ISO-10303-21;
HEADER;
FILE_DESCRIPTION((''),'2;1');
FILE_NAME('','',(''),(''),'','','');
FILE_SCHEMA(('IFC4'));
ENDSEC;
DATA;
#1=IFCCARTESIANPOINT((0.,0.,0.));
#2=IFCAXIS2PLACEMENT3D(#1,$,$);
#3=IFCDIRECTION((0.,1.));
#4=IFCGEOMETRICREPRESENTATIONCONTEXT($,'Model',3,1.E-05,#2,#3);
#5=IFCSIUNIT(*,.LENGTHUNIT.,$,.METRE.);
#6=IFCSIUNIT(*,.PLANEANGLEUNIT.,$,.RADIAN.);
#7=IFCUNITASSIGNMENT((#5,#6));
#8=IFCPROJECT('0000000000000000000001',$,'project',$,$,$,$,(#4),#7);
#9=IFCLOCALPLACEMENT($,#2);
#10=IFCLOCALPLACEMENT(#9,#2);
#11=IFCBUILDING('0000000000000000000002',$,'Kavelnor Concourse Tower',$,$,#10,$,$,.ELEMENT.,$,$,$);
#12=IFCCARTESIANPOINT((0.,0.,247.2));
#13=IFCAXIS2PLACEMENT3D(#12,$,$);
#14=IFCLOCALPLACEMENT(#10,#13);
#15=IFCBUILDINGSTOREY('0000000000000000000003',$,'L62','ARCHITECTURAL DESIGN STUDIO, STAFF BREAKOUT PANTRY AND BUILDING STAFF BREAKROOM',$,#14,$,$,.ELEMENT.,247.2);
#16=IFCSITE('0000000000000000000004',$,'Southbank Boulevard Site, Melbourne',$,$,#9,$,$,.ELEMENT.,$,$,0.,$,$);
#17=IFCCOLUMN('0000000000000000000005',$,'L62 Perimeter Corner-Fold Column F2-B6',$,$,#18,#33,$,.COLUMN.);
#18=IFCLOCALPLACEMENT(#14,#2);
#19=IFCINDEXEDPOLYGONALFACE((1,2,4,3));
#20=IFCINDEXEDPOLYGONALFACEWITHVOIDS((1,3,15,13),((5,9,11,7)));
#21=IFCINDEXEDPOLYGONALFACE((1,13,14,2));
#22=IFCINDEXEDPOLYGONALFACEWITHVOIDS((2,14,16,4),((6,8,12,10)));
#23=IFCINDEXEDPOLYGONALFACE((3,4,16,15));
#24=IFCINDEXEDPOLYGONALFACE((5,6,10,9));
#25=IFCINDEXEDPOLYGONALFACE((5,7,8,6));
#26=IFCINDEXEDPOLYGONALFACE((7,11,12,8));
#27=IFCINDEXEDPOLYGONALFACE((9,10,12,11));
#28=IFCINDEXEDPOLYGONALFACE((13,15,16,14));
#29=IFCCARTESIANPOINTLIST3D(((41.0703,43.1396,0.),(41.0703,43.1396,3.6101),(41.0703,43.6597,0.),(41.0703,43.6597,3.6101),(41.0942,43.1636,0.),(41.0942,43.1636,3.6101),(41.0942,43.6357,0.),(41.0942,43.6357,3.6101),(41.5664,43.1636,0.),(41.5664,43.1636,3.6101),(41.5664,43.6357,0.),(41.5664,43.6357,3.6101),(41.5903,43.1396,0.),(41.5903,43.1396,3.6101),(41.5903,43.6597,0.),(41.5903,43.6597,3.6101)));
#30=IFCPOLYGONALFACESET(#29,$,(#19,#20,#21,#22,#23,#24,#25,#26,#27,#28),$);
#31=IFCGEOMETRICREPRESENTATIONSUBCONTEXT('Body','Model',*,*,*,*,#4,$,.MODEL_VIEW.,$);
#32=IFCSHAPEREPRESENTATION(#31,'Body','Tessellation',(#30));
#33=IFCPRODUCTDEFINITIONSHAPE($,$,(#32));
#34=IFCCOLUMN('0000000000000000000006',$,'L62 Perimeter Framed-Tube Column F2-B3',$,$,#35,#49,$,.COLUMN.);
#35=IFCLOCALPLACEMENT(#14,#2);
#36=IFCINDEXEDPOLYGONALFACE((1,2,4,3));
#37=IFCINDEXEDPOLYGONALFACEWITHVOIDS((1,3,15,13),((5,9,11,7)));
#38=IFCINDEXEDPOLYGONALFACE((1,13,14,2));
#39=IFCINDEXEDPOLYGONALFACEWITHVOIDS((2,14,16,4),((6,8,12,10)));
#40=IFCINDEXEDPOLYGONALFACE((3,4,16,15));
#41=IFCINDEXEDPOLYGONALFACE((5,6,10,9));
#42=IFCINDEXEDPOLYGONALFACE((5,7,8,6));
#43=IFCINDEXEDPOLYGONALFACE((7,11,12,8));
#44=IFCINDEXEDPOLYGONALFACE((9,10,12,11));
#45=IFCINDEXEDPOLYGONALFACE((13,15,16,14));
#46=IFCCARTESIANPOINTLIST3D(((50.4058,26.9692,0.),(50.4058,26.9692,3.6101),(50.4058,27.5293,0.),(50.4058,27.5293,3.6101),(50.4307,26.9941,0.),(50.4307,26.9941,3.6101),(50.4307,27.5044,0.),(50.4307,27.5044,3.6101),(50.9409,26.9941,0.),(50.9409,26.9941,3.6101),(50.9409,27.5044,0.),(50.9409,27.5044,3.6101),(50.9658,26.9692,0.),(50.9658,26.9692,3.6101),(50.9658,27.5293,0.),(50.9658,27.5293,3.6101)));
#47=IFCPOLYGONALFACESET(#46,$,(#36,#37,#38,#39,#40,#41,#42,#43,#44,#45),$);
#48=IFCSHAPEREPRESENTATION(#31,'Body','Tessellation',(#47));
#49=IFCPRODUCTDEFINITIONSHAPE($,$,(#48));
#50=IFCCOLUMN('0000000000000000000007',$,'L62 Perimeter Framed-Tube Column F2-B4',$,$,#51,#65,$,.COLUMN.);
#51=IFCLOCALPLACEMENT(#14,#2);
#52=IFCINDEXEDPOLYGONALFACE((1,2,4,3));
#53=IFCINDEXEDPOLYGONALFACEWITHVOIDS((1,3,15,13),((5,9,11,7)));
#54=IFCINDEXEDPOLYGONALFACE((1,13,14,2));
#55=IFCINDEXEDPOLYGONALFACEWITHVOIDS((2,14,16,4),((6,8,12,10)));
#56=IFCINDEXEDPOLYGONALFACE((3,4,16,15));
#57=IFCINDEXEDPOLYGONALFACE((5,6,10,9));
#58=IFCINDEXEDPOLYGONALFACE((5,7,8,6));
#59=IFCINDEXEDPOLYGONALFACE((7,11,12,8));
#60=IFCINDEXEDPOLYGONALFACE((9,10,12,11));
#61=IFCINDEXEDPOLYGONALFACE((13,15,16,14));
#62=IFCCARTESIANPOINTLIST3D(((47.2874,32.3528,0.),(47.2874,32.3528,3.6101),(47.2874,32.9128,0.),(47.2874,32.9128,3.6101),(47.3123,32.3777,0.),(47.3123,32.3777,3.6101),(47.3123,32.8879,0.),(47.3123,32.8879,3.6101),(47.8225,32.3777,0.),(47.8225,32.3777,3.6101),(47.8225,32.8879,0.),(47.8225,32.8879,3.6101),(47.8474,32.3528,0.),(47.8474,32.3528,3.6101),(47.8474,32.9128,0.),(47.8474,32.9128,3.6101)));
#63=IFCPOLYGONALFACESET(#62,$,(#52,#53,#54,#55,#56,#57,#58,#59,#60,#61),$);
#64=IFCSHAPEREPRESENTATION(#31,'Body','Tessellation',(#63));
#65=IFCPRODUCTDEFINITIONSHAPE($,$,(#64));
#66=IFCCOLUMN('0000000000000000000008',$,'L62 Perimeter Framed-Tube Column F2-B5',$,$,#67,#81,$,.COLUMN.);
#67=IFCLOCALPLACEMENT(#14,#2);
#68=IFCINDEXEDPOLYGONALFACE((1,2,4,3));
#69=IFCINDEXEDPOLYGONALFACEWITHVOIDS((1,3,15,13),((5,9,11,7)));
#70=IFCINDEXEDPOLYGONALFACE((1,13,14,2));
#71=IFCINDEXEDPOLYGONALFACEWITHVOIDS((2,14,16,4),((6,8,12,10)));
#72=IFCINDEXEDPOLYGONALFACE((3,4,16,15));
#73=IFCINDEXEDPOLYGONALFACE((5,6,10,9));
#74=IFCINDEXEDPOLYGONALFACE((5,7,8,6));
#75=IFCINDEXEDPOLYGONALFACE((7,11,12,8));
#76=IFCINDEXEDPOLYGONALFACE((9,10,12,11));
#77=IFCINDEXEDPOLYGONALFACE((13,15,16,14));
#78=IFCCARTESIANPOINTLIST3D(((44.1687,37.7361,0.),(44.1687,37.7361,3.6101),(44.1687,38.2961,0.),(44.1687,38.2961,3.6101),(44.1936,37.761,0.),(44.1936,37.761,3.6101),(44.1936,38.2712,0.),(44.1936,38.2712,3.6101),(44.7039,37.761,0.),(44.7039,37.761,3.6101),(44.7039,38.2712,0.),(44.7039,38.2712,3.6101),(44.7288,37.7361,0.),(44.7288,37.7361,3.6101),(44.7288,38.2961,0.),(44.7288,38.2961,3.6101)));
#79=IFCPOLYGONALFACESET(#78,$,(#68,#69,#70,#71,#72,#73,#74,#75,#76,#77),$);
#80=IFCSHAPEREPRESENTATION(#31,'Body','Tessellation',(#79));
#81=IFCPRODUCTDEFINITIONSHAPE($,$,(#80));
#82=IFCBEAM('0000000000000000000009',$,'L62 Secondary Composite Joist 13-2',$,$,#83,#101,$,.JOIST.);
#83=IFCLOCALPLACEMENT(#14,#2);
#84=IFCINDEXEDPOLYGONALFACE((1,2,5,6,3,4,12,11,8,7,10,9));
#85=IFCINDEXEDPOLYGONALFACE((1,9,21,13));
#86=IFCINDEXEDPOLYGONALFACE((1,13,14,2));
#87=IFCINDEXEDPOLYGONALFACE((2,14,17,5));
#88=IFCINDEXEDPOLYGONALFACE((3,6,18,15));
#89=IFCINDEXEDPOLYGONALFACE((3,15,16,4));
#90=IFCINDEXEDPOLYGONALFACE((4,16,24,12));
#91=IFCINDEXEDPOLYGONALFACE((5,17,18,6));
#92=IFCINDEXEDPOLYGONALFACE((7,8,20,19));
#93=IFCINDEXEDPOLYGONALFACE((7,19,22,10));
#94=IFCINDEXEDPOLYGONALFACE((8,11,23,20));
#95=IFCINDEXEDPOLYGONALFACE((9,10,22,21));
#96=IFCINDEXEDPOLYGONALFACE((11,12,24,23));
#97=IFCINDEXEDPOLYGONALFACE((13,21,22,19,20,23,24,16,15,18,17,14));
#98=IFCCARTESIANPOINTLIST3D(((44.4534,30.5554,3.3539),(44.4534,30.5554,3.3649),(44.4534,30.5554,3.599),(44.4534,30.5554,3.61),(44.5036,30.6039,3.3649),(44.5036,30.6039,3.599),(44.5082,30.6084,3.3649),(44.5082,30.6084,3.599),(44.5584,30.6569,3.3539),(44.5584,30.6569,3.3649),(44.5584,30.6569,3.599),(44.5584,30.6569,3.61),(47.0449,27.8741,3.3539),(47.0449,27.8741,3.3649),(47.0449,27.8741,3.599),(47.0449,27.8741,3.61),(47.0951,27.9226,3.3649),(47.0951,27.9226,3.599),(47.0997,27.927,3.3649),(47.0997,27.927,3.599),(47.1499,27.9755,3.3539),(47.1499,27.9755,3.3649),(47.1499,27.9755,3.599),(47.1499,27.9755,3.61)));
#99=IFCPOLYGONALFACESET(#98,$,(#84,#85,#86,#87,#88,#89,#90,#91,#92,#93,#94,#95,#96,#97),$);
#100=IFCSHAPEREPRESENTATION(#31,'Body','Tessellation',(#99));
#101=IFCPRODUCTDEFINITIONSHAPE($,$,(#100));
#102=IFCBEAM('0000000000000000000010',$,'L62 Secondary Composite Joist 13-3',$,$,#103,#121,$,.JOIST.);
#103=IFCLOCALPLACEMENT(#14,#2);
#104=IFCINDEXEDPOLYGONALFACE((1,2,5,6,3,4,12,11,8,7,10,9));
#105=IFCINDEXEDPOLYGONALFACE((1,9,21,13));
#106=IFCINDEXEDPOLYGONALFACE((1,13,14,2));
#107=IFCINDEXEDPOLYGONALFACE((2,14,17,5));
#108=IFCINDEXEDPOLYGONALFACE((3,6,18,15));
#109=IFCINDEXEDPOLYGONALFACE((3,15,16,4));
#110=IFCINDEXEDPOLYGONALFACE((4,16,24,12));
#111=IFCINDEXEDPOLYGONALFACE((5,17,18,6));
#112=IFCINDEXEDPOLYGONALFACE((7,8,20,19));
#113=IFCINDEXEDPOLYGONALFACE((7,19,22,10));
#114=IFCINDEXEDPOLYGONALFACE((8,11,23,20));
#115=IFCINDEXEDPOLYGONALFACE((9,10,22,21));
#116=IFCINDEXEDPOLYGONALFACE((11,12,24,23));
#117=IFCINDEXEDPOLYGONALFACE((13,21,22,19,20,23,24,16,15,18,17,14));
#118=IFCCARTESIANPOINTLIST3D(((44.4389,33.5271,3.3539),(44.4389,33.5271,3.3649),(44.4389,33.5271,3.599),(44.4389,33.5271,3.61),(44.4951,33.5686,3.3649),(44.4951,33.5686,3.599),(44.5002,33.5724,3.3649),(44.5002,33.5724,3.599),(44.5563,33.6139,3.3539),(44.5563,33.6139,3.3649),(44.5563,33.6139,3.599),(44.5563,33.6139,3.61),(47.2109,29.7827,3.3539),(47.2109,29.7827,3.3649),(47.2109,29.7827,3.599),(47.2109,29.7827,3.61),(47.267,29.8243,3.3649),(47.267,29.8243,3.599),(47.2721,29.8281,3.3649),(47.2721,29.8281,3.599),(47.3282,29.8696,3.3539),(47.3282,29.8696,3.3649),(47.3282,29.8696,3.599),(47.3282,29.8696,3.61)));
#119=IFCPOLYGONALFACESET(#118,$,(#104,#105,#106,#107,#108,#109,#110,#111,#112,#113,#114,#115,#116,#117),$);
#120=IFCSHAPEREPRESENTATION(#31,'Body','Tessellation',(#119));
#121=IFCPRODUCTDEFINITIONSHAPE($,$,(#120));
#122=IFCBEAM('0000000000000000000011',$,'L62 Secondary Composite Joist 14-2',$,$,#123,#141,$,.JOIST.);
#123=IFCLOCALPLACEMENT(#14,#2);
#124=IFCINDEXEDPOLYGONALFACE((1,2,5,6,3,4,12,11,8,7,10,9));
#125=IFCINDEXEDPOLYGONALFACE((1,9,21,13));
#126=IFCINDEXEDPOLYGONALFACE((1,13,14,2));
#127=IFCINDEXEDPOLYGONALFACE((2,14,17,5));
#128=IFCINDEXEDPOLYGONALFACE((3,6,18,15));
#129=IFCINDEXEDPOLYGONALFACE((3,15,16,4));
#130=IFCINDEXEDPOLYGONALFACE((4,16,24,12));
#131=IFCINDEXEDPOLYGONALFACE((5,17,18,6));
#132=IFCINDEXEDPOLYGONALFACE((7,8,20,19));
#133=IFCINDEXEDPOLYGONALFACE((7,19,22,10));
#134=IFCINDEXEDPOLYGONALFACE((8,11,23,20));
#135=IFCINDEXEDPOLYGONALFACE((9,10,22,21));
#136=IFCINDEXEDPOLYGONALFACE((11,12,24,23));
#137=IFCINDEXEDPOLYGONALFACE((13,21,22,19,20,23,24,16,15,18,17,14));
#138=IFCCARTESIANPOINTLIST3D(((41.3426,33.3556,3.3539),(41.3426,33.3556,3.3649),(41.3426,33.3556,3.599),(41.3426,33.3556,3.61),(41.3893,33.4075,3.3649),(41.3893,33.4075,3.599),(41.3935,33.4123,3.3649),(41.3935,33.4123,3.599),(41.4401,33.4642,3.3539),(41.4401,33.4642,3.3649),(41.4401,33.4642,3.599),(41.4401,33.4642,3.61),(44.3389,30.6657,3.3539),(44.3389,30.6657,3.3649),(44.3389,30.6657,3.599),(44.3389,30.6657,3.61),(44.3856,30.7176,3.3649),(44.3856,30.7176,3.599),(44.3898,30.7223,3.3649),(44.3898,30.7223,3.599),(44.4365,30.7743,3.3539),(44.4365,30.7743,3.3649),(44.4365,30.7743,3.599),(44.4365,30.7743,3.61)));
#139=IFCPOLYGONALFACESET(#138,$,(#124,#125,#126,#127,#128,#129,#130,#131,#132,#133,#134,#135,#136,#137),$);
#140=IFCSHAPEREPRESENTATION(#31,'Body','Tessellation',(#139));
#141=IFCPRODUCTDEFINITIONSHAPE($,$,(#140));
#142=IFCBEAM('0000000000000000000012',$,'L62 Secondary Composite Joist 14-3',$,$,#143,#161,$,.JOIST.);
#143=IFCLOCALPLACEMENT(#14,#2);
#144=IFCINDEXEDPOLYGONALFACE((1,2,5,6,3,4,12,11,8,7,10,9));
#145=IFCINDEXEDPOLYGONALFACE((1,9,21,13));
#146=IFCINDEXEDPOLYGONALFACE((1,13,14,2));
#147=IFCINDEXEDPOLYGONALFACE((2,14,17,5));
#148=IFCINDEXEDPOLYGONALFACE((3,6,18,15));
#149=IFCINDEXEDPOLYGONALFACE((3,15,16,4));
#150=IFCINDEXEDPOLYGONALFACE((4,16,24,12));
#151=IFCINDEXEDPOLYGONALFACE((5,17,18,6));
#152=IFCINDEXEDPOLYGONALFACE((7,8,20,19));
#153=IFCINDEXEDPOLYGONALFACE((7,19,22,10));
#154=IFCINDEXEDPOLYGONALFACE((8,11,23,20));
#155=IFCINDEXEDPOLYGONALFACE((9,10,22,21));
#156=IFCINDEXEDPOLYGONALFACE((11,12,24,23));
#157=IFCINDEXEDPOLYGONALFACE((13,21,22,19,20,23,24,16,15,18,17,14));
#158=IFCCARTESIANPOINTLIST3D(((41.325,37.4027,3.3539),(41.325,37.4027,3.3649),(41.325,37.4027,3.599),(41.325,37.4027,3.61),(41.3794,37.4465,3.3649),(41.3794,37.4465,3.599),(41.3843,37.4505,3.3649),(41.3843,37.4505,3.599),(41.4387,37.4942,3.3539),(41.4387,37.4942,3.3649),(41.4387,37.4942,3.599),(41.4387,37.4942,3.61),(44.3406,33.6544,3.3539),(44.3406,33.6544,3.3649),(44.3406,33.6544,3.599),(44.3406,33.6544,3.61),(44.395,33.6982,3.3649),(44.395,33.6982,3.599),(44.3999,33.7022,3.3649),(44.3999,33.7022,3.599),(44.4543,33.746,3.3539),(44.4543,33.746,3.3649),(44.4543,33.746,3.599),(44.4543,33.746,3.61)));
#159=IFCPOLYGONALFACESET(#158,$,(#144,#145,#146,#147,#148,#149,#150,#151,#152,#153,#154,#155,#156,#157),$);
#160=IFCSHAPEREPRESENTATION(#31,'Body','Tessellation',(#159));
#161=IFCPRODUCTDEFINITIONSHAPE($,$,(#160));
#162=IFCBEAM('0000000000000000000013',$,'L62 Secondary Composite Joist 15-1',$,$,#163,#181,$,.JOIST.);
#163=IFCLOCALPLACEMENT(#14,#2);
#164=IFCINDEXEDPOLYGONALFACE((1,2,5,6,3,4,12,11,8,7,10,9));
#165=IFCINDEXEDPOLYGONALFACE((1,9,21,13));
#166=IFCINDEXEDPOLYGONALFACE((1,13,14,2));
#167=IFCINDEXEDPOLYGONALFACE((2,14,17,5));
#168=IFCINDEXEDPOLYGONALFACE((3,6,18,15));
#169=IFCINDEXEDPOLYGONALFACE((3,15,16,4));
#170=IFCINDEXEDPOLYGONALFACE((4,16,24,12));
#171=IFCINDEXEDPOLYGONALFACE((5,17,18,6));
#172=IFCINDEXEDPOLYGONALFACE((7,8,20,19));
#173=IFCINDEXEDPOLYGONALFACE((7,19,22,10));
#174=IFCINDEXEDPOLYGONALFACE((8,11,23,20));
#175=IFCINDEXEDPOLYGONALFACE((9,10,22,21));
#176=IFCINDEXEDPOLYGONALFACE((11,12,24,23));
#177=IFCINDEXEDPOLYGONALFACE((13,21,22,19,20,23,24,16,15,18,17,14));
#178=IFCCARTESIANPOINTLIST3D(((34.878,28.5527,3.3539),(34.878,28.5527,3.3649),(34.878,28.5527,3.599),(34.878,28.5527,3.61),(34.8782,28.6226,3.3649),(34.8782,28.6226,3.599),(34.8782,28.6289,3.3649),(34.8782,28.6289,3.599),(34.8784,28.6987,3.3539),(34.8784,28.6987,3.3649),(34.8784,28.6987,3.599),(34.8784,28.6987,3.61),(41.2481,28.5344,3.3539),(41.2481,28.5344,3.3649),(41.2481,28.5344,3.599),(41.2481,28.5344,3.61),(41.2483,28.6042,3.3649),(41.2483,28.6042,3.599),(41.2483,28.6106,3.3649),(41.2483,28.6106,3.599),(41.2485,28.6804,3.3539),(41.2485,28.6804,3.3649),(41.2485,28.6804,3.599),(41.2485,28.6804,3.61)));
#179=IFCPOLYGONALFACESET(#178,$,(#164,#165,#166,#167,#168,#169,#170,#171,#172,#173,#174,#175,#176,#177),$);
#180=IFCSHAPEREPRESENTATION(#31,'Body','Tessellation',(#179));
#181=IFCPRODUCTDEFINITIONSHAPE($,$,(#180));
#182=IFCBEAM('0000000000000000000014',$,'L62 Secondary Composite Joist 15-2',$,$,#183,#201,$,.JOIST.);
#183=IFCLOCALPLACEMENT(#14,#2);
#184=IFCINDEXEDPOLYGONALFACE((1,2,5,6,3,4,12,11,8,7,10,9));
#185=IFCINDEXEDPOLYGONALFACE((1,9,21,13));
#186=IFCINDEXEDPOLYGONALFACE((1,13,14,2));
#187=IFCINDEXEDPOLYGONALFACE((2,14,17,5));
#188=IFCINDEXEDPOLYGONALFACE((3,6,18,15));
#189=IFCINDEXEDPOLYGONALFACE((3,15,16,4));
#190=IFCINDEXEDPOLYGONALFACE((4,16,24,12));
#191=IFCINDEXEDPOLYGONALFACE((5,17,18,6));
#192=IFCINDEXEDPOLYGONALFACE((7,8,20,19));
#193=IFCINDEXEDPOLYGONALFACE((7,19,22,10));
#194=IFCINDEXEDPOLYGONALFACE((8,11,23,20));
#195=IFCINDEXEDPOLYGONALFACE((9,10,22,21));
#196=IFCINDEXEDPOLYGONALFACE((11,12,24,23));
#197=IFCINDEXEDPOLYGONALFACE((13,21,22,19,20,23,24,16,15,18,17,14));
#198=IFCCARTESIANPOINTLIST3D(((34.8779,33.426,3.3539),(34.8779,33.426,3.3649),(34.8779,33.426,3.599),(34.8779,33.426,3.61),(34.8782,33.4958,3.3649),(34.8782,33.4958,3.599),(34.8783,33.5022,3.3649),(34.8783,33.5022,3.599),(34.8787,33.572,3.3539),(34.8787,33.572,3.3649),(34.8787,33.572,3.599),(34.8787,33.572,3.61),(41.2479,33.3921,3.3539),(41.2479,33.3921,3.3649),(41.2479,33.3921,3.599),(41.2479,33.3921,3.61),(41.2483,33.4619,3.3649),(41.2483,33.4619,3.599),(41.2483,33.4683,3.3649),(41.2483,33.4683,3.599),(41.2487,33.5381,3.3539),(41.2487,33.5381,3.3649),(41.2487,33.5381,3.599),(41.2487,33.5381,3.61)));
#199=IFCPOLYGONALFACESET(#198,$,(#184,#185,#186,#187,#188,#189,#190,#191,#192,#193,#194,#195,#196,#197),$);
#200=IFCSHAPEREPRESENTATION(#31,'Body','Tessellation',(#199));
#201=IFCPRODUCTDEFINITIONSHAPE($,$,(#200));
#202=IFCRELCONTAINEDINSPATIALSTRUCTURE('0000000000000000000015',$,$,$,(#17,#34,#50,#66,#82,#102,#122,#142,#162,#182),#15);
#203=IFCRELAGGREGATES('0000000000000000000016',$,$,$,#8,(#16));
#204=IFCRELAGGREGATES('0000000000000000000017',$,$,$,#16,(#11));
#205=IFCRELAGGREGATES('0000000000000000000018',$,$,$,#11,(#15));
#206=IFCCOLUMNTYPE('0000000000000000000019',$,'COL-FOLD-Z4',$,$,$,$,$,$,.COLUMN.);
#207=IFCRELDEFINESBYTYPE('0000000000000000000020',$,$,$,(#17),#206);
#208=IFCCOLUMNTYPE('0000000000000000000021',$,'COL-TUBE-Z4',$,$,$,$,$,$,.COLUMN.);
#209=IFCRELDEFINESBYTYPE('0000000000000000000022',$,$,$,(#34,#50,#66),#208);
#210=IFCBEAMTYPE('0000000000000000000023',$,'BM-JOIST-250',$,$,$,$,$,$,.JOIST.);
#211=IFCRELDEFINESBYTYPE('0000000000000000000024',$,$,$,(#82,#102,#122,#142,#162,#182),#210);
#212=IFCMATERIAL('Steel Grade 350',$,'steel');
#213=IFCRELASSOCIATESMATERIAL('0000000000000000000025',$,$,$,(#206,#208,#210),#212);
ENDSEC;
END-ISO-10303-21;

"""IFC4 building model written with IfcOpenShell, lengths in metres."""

from ifc_helpers import new_model, si_unit, direction, frame, origin, origin_2d, place, context, subcontext, project, spatial, hollow_rectangle, i_section, extrude, material, material_profile, profile_set, type_object, element, save


model = new_model("IFC4")

# Units and contexts
model_context = context("Model", 3, precision=1e-05, world=origin(), true_north=direction((0.0, 1.0)))
body_context = subcontext(model_context, "Body", "Model", "MODEL_VIEW")
ifc_project = project(units=[si_unit("LENGTHUNIT", "METRE"), si_unit("PLANEANGLEUNIT", "RADIAN")], contexts=[model_context])

# Site, building, storey
site_placement = place(None, origin())
site = spatial("IfcSite", under=ifc_project, at=site_placement, Name="Southbank Boulevard Site, Melbourne", CompositionType="ELEMENT", RefElevation=0.0)
building_placement = place(site_placement, origin())
building = spatial("IfcBuilding", under=site, at=building_placement, Name="Kavelnor Concourse Tower", CompositionType="ELEMENT")
storey_placement = place(building_placement, frame((0.0, 0.0, 247.2)))
storey = spatial("IfcBuildingStorey", under=building, at=storey_placement, Name="L62", Description="ARCHITECTURAL DESIGN STUDIO, STAFF BREAKOUT PANTRY AND BUILDING STAFF BREAKROOM", CompositionType="ELEMENT", Elevation=247.2)

# Columns
ifc_material_1 = material(Name="Steel Grade 350", Category="steel")
ifc_material_profile_1 = material_profile(ifc_material_1, hollow_rectangle(XDim=0.52, YDim=0.52, WallThickness=0.0239, at=origin_2d()), Name="SHS 520x520x24")
ifc_profile_set_1 = profile_set([ifc_material_profile_1], Name="Steel Grade 350")
column_type_1 = type_object("IfcColumnType", Name="COL-FOLD-Z4", PredefinedType="COLUMN", material=ifc_profile_set_1)
column_placement = place(storey_placement, frame((41.3303, 43.3997, 0.0), z_axis=(0.0, 0.0, 1.0), x_axis=(1.0, 0.0, 0.0)))
element("IfcColumn", 1, at=column_placement, inside=storey, type_object=column_type_1, Name="L62 Perimeter Corner-Fold Column F2-B6", PredefinedType="COLUMN", context=body_context, shape_type="SweptSolid", body=[
    extrude(hollow_rectangle(XDim=0.52, YDim=0.52, WallThickness=0.0239, at=origin_2d()), origin(), (0.0, 0.0, 1.0), 3.6101),
])
ifc_material_profile_2 = material_profile(ifc_material_1, hollow_rectangle(XDim=0.5601, YDim=0.5601, WallThickness=0.0249, at=origin_2d()), Name="SHS 560x560x25")
ifc_profile_set_2 = profile_set([ifc_material_profile_2], Name="Steel Grade 350")
column_type_2 = type_object("IfcColumnType", Name="COL-TUBE-Z4", PredefinedType="COLUMN", material=ifc_profile_set_2)
for number, where, z_axis, x_axis, name in (
    (2, (50.6858, 27.2493, 0.0), (0.0, 0.0, 1.0), (1.0, 0.0, 0.0), "L62 Perimeter Framed-Tube Column F2-B3"),
    (3, (47.5674, 32.6328, 0.0), (0.0, 0.0, 1.0), (1.0, 0.0, 0.0), "L62 Perimeter Framed-Tube Column F2-B4"),
    (4, (44.4487, 38.0161, 0.0), (0.0, 0.0, 1.0), (1.0, 0.0, 0.0), "L62 Perimeter Framed-Tube Column F2-B5"),
):
    element("IfcColumn", number, at=place(storey_placement, frame(where, z_axis=z_axis, x_axis=x_axis)), inside=storey, type_object=column_type_2, Name=name, PredefinedType="COLUMN", context=body_context, shape_type="SweptSolid", body=[
        extrude(hollow_rectangle(XDim=0.5601, YDim=0.5601, WallThickness=0.0249, at=origin_2d()), origin(), (0.0, 0.0, 1.0), 3.6101),
    ])

# Beams
ifc_material_profile_3 = material_profile(ifc_material_1, i_section(OverallWidth=0.146, OverallDepth=0.2561, WebThickness=0.0063, FlangeThickness=0.011, at=origin_2d()), Name="250UB37")
ifc_profile_set_3 = profile_set([ifc_material_profile_3], Name="Steel Grade 350")
beam_type_1 = type_object("IfcBeamType", Name="BM-JOIST-250", PredefinedType="JOIST", material=ifc_profile_set_3)
beam_1_placement = place(storey_placement, frame((47.0974, 27.9248, 3.4819), z_axis=(-0.694958, 0.719051, 0.0), x_axis=(-0.719051, -0.694958, 0.0)))
element("IfcBeam", 5, at=beam_1_placement, inside=storey, type_object=beam_type_1, Name="L62 Secondary Composite Joist 13-2", PredefinedType="JOIST", context=body_context, shape_type="SweptSolid", body=[
    extrude(i_section(OverallWidth=0.146, OverallDepth=0.2561, WebThickness=0.0063, FlangeThickness=0.011, at=origin_2d()), origin(), (0.0, 0.0, 1.0), 3.729),
])
beam_2_placement = place(storey_placement, frame((47.2695, 29.8262, 3.4819), z_axis=(-0.594999, 0.803726, 0.0), x_axis=(-0.803726, -0.594999, 0.0)))
element("IfcBeam", 6, at=beam_2_placement, inside=storey, type_object=beam_type_1, Name="L62 Secondary Composite Joist 13-3", PredefinedType="JOIST", context=body_context, shape_type="SweptSolid", body=[
    extrude(i_section(OverallWidth=0.146, OverallDepth=0.2561, WebThickness=0.0063, FlangeThickness=0.011, at=origin_2d()), origin(), (0.0, 0.0, 1.0), 4.6587),
])
beam_3_placement = place(storey_placement, frame((44.3877, 30.72, 3.4819), z_axis=(-0.744129, 0.668036, 0.0), x_axis=(-0.668036, -0.744129, 0.0)))
element("IfcBeam", 7, at=beam_3_placement, inside=storey, type_object=beam_type_1, Name="L62 Secondary Composite Joist 14-2", PredefinedType="JOIST", context=body_context, shape_type="SweptSolid", body=[
    extrude(i_section(OverallWidth=0.146, OverallDepth=0.2561, WebThickness=0.0063, FlangeThickness=0.011, at=origin_2d()), origin(), (0.0, 0.0, 1.0), 4.0266),
])
beam_4_placement = place(storey_placement, frame((44.3975, 33.7002, 3.4819), z_axis=(-0.626846, 0.779143, 0.0), x_axis=(-0.779143, -0.626846, 0.0)))
element("IfcBeam", 8, at=beam_4_placement, inside=storey, type_object=beam_type_1, Name="L62 Secondary Composite Joist 14-3", PredefinedType="JOIST", context=body_context, shape_type="SweptSolid", body=[
    extrude(i_section(OverallWidth=0.146, OverallDepth=0.2561, WebThickness=0.0063, FlangeThickness=0.011, at=origin_2d()), origin(), (0.0, 0.0, 1.0), 4.8108),
])
for number, where, z_axis, x_axis, name in (
    (9, (41.2483, 28.6074, 3.4819), (-0.999996, 0.002874, 0.0), (-0.002874, -0.999996, 0.0), "L62 Secondary Composite Joist 15-1"),
    (10, (41.2483, 33.4651, 3.4819), (-0.999986, 0.005327, 0.0), (-0.005327, -0.999986, 0.0), "L62 Secondary Composite Joist 15-2"),
):
    element("IfcBeam", number, at=place(storey_placement, frame(where, z_axis=z_axis, x_axis=x_axis)), inside=storey, type_object=beam_type_1, Name=name, PredefinedType="JOIST", context=body_context, shape_type="SweptSolid", body=[
        extrude(i_section(OverallWidth=0.146, OverallDepth=0.2561, WebThickness=0.0063, FlangeThickness=0.011, at=origin_2d()), origin(), (0.0, 0.0, 1.0), 6.3701),
    ])

save(model, "model.ifc")
